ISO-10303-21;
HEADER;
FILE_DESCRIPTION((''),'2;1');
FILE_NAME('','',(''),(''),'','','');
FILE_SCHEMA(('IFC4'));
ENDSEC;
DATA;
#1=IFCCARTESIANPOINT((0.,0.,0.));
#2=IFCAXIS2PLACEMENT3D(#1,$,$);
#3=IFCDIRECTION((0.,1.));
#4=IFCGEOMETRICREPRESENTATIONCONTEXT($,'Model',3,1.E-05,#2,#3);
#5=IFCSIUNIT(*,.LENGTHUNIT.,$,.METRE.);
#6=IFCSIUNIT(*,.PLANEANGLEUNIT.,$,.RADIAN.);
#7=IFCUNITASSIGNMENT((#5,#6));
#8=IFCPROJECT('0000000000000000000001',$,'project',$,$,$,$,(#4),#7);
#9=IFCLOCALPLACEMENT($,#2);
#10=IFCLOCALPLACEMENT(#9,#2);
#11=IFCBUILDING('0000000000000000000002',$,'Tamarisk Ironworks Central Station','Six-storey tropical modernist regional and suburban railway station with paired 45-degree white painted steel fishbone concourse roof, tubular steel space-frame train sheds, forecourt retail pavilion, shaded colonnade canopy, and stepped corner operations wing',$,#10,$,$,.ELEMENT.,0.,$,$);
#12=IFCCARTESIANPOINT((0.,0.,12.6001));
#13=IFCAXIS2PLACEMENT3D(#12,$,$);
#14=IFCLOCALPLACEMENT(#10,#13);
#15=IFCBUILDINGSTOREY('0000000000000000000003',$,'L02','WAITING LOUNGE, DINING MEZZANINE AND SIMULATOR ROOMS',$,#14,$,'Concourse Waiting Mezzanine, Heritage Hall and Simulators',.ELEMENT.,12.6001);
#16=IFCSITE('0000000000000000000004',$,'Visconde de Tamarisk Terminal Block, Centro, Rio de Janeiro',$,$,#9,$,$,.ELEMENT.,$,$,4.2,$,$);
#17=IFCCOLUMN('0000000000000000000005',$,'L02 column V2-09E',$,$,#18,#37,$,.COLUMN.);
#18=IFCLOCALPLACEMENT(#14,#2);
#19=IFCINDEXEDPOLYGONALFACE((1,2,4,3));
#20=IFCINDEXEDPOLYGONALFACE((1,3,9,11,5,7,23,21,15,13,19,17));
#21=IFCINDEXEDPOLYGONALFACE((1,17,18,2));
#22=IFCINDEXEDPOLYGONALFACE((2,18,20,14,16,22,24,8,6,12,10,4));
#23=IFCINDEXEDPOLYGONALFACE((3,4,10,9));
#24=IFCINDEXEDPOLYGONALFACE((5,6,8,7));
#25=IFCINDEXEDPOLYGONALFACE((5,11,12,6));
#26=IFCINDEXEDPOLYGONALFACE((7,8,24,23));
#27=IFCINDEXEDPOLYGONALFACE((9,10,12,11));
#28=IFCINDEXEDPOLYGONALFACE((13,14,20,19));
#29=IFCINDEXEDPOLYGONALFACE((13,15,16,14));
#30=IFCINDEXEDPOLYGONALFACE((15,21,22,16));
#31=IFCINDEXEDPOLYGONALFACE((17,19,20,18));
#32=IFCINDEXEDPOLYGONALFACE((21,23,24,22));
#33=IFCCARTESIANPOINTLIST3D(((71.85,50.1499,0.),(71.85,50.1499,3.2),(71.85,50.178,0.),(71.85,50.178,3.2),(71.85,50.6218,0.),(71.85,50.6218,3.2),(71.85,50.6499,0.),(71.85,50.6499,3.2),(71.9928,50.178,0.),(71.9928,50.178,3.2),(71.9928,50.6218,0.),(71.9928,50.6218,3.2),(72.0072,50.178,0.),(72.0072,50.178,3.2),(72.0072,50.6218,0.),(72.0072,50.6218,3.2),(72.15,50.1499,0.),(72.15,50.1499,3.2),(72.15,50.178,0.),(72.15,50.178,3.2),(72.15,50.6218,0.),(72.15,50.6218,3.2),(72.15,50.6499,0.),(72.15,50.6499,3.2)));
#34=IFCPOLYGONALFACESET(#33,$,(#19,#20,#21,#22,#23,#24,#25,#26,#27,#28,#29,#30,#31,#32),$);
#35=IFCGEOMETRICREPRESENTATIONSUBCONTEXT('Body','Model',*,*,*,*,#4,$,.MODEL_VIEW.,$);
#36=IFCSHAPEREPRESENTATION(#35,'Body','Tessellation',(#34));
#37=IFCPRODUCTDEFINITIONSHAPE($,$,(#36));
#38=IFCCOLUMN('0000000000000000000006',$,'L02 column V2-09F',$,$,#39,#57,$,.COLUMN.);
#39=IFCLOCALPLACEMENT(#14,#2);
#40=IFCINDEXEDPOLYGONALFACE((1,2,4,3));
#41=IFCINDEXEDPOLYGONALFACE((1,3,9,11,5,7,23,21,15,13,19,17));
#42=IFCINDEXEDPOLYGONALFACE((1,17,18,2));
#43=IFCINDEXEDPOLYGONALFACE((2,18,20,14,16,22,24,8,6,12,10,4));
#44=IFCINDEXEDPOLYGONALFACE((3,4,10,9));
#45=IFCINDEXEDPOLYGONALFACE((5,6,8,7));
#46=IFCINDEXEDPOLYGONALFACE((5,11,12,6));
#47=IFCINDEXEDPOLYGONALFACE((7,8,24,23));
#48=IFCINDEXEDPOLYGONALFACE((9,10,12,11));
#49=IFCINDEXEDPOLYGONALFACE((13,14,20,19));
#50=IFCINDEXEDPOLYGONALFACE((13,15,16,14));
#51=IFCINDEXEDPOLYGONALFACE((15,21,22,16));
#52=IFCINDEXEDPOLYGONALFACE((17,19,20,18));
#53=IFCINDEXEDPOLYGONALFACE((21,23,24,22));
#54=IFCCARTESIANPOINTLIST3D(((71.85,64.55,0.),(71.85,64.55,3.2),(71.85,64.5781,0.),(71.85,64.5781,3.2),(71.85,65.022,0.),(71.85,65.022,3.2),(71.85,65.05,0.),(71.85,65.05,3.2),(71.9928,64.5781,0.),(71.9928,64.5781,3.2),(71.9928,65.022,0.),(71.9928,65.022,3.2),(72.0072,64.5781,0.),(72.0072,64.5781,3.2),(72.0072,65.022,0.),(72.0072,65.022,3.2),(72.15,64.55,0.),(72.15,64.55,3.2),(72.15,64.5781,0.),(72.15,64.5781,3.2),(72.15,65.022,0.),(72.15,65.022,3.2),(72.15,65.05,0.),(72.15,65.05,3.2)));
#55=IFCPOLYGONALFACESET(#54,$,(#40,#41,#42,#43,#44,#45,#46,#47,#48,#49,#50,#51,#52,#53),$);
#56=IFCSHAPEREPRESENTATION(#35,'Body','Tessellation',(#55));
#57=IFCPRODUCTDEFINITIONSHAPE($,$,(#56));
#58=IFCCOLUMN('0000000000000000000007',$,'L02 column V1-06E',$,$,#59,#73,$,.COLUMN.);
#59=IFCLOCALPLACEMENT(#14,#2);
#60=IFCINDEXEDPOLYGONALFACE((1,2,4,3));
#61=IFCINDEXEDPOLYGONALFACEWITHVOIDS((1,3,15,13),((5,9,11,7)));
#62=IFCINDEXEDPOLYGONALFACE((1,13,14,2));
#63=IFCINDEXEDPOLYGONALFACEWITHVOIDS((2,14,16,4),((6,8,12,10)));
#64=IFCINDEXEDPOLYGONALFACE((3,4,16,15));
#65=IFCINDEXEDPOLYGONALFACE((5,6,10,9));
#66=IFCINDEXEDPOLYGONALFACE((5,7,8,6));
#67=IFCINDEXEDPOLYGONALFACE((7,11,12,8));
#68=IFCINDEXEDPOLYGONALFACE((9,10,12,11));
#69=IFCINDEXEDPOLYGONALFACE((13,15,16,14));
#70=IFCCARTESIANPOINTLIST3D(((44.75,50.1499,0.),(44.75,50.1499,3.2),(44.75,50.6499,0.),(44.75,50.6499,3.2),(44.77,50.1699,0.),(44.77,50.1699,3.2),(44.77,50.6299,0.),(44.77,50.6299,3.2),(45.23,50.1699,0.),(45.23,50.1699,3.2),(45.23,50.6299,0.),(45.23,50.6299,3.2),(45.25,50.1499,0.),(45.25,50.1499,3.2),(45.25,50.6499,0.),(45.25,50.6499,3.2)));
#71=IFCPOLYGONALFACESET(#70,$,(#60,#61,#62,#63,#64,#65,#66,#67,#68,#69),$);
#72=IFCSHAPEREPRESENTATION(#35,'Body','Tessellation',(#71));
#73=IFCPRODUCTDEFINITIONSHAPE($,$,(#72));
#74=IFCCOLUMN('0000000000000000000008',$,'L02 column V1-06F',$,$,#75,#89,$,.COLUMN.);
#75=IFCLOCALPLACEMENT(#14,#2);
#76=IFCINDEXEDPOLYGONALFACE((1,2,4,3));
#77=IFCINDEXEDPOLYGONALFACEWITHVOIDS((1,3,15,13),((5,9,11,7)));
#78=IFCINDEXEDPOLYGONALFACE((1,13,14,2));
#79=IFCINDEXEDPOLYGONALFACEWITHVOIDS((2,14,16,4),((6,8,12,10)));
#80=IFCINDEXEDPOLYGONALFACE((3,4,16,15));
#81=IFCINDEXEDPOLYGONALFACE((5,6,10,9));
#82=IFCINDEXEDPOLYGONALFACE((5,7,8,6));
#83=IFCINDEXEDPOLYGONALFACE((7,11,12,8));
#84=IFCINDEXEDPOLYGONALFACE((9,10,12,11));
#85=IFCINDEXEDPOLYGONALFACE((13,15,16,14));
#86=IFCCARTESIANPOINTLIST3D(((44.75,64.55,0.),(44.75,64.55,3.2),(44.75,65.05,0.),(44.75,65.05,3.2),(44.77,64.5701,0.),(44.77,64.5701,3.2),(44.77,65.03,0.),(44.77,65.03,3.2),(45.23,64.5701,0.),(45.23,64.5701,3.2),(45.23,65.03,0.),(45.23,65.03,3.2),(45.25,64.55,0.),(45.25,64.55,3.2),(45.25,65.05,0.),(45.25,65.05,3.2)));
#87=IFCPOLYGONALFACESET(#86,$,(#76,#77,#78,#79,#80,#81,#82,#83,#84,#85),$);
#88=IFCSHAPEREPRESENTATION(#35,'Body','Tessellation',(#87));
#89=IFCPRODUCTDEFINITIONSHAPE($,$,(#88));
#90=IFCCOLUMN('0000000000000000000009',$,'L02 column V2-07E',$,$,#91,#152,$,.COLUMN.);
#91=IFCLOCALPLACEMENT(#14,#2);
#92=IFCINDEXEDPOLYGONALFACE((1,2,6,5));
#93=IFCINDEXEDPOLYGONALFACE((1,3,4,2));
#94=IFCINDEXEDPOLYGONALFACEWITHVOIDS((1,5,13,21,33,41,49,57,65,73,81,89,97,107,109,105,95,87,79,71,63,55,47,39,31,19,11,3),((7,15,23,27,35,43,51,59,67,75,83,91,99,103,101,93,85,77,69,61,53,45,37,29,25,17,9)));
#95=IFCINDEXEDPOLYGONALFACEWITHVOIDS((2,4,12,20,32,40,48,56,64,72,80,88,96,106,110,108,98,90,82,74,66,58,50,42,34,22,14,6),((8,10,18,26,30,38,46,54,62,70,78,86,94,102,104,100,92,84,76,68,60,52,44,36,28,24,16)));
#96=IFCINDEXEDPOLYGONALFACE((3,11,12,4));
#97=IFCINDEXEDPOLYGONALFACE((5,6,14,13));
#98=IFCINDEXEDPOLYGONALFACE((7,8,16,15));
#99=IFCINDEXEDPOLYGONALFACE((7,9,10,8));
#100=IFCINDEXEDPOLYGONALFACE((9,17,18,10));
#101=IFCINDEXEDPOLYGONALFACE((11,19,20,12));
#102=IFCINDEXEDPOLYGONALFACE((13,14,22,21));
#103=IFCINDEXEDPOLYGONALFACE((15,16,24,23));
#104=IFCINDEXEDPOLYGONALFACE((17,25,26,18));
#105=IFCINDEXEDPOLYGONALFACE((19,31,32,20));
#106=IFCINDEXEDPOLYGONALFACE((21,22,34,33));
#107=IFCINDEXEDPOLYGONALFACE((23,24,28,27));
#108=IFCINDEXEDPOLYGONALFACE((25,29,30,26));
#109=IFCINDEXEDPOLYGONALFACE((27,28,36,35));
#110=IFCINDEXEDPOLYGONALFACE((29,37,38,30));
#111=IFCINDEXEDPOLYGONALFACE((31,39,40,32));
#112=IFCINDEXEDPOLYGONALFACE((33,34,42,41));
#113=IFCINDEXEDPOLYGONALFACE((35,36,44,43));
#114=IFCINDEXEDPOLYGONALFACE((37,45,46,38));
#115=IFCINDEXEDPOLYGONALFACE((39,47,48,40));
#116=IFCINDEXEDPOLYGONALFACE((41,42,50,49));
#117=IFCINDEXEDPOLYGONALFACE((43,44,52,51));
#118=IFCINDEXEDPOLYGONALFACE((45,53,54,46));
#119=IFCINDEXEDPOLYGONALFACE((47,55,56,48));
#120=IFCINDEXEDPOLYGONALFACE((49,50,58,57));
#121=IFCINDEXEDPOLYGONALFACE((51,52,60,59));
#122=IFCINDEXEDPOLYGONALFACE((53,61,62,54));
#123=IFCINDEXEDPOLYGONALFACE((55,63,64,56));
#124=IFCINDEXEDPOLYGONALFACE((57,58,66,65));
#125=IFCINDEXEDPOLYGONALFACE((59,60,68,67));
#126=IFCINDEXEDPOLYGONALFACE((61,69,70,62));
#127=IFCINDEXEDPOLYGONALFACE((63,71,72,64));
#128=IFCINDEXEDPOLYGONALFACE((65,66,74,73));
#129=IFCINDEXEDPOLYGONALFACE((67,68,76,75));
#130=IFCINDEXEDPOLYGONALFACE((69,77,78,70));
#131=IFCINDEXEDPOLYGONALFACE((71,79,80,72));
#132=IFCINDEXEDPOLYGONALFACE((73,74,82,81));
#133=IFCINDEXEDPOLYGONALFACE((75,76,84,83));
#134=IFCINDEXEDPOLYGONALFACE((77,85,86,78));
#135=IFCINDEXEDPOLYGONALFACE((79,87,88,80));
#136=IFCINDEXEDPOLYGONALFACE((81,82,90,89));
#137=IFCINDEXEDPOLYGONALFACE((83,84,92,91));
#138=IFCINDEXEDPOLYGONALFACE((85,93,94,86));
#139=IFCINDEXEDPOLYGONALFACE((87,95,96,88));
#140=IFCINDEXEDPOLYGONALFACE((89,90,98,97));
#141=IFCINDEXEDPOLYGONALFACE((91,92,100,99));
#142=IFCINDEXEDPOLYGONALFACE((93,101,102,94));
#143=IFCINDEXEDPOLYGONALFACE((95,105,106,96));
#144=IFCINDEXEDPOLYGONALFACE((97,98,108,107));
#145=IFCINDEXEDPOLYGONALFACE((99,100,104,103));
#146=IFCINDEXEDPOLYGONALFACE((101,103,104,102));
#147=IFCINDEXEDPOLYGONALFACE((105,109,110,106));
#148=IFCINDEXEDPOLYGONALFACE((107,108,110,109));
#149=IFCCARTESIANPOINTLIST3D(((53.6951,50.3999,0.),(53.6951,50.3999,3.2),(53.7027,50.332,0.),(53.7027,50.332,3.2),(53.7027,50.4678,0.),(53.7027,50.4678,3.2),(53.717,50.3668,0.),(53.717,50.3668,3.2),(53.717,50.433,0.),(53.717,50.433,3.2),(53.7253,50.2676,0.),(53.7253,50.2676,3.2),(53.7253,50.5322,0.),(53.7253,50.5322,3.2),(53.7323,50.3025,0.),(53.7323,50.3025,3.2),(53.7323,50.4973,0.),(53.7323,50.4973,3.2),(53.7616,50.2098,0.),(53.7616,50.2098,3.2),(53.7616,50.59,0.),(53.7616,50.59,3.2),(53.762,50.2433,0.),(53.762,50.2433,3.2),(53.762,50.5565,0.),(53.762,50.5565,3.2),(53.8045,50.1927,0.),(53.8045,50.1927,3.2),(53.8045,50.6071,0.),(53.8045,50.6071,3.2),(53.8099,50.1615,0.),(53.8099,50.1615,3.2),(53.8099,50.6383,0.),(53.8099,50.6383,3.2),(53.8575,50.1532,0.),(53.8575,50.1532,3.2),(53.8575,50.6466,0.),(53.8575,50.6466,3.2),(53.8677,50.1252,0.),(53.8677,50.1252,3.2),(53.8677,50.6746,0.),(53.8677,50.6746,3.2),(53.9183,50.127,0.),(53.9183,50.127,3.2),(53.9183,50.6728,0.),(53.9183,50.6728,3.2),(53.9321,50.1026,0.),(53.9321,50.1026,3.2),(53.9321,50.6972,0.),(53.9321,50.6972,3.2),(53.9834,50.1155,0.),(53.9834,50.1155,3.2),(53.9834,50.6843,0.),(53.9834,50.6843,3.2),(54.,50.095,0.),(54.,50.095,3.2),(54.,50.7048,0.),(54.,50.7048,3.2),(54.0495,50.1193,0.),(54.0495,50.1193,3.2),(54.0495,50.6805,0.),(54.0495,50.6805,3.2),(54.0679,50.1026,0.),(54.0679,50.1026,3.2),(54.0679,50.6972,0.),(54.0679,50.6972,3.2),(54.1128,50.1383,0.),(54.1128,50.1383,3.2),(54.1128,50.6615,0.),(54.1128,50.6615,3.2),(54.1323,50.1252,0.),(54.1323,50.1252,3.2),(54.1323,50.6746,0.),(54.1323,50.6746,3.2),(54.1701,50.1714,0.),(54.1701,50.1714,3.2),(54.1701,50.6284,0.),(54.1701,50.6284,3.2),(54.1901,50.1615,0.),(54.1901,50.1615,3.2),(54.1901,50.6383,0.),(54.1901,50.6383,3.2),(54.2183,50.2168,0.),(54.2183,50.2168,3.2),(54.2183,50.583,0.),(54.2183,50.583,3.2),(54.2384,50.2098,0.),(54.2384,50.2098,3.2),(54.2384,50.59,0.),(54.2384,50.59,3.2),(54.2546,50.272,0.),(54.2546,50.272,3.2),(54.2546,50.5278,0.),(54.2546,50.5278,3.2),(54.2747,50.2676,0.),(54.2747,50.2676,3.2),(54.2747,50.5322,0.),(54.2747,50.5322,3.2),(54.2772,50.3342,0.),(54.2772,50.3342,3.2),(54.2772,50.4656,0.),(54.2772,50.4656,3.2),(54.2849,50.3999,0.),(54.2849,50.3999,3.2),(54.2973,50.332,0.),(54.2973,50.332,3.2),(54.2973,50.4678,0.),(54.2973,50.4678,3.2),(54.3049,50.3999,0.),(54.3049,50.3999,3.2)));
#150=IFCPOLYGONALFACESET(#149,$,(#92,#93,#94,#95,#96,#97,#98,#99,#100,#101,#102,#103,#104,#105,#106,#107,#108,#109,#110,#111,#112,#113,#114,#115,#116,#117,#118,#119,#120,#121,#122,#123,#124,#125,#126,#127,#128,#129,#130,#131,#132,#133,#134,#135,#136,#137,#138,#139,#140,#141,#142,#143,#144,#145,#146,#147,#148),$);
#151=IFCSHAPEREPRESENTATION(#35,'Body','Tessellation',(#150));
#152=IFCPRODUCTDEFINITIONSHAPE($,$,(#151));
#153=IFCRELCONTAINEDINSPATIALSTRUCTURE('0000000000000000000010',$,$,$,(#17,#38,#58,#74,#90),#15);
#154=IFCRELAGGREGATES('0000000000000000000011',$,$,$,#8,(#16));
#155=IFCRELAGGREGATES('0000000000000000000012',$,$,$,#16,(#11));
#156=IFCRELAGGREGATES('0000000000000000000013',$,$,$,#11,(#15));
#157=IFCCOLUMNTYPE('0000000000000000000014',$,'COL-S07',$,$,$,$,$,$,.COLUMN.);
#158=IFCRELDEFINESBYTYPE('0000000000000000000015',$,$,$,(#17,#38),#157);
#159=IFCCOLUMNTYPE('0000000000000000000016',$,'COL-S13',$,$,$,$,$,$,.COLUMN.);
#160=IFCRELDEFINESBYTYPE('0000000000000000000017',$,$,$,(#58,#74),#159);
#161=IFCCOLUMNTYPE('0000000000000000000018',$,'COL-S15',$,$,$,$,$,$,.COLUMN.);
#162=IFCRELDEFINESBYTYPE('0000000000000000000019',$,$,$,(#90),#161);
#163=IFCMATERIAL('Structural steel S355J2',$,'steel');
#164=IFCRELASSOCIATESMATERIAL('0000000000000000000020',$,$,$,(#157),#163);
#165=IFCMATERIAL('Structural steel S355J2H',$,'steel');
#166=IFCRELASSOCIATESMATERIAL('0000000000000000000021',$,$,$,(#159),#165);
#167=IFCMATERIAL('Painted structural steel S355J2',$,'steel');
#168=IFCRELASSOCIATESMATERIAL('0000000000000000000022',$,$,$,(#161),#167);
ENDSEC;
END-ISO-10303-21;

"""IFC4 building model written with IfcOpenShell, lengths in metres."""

from ifc_helpers import new_model, si_unit, direction, frame, origin, origin_2d, place, context, subcontext, project, spatial, hollow_rectangle, hollow_circle, i_section, extrude, material, material_profile, profile_set, type_object, element, save


model = new_model("IFC4")

# Units and contexts
model_context = context("Model", 3, precision=1e-05, world=origin(), true_north=direction((0.0, 1.0)))
body_context = subcontext(model_context, "Body", "Model", "MODEL_VIEW")
ifc_project = project(units=[si_unit("LENGTHUNIT", "METRE"), si_unit("PLANEANGLEUNIT", "RADIAN")], contexts=[model_context])

# Site, building, storey
site_placement = place(None, origin())
site = spatial("IfcSite", under=ifc_project, at=site_placement, Name="Visconde de Tamarisk Terminal Block, Centro, Rio de Janeiro", CompositionType="ELEMENT", RefElevation=4.2)
building_placement = place(site_placement, origin())
building = spatial("IfcBuilding", under=site, at=building_placement, Name="Tamarisk Ironworks Central Station", Description="Six-storey tropical modernist regional and suburban railway station with paired 45-degree white painted steel fishbone concourse roof, tubular steel space-frame train sheds, forecourt retail pavilion, shaded colonnade canopy, and stepped corner operations wing", CompositionType="ELEMENT", ElevationOfRefHeight=0.0)
storey_placement = place(building_placement, frame((0.0, 0.0, 12.6001)))
storey = spatial("IfcBuildingStorey", under=building, at=storey_placement, Name="L02", Description="WAITING LOUNGE, DINING MEZZANINE AND SIMULATOR ROOMS", LongName="Concourse Waiting Mezzanine, Heritage Hall and Simulators", CompositionType="ELEMENT", Elevation=12.6001)

# Columns
ifc_material_1 = material(Name="Structural steel S355J2", Category="steel")
ifc_material_profile_1 = material_profile(ifc_material_1, i_section(OverallWidth=0.3, OverallDepth=0.5, WebThickness=0.0144, FlangeThickness=0.0281, at=origin_2d()), Name="HEB 500")
ifc_profile_set_1 = profile_set([ifc_material_profile_1], Name="Structural steel S355J2")
column_type_1 = type_object("IfcColumnType", Name="COL-S07", PredefinedType="COLUMN", material=ifc_profile_set_1)
for number, where, z_axis, x_axis, name in (
    (1, (72.0, 50.3999, 0.0), (0.0, 0.0, 1.0), (1.0, 0.0, 0.0), "L02 column V2-09E"),
    (2, (72.0, 64.8, 0.0), (0.0, 0.0, 1.0), (1.0, 0.0, 0.0), "L02 column V2-09F"),
):
    element("IfcColumn", number, at=place(storey_placement, frame(where, z_axis=z_axis, x_axis=x_axis)), inside=storey, type_object=column_type_1, Name=name, PredefinedType="COLUMN", context=body_context, shape_type="SweptSolid", body=[
        extrude(i_section(OverallWidth=0.3, OverallDepth=0.5, WebThickness=0.0144, FlangeThickness=0.0281, at=origin_2d()), origin(), (0.0, 0.0, 1.0), 3.2),
    ])
ifc_material_2 = material(Name="Structural steel S355J2H", Category="steel")
ifc_material_profile_2 = material_profile(ifc_material_2, hollow_rectangle(XDim=0.5, YDim=0.5, WallThickness=0.02, at=origin_2d()), Name="SHS 500x500x20")
ifc_profile_set_2 = profile_set([ifc_material_profile_2], Name="Structural steel S355J2H")
column_type_2 = type_object("IfcColumnType", Name="COL-S13", PredefinedType="COLUMN", material=ifc_profile_set_2)
for number, where, z_axis, x_axis, name in (
    (3, (45.0, 50.3999, 0.0), (0.0, 0.0, 1.0), (1.0, 0.0, 0.0), "L02 column V1-06E"),
    (4, (45.0, 64.8, 0.0), (0.0, 0.0, 1.0), (1.0, 0.0, 0.0), "L02 column V1-06F"),
):
    element("IfcColumn", number, at=place(storey_placement, frame(where, z_axis=z_axis, x_axis=x_axis)), inside=storey, type_object=column_type_2, Name=name, PredefinedType="COLUMN", context=body_context, shape_type="SweptSolid", body=[
        extrude(hollow_rectangle(XDim=0.5, YDim=0.5, WallThickness=0.02, at=origin_2d()), origin(), (0.0, 0.0, 1.0), 3.2),
    ])
ifc_material_3 = material(Name="Painted structural steel S355J2", Category="steel")
ifc_material_profile_3 = material_profile(ifc_material_3, hollow_circle(Radius=0.3049, WallThickness=0.02, at=origin_2d()), Name="CHS 610x20")
ifc_profile_set_3 = profile_set([ifc_material_profile_3], Name="Painted structural steel S355J2")
column_type_3 = type_object("IfcColumnType", Name="COL-S15", PredefinedType="COLUMN", material=ifc_profile_set_3)
for number, where, z_axis, x_axis, name in (
    (5, (54.0, 50.3999, 0.0), (0.0, 0.0, 1.0), (1.0, 0.0, 0.0), "L02 column V2-07E"),
):
    element("IfcColumn", number, at=place(storey_placement, frame(where, z_axis=z_axis, x_axis=x_axis)), inside=storey, type_object=column_type_3, Name=name, PredefinedType="COLUMN", context=body_context, shape_type="SweptSolid", body=[
        extrude(hollow_circle(Radius=0.3049, WallThickness=0.02, at=origin_2d()), origin(), (0.0, 0.0, 1.0), 3.2),
    ])

save(model, "model.ifc")
